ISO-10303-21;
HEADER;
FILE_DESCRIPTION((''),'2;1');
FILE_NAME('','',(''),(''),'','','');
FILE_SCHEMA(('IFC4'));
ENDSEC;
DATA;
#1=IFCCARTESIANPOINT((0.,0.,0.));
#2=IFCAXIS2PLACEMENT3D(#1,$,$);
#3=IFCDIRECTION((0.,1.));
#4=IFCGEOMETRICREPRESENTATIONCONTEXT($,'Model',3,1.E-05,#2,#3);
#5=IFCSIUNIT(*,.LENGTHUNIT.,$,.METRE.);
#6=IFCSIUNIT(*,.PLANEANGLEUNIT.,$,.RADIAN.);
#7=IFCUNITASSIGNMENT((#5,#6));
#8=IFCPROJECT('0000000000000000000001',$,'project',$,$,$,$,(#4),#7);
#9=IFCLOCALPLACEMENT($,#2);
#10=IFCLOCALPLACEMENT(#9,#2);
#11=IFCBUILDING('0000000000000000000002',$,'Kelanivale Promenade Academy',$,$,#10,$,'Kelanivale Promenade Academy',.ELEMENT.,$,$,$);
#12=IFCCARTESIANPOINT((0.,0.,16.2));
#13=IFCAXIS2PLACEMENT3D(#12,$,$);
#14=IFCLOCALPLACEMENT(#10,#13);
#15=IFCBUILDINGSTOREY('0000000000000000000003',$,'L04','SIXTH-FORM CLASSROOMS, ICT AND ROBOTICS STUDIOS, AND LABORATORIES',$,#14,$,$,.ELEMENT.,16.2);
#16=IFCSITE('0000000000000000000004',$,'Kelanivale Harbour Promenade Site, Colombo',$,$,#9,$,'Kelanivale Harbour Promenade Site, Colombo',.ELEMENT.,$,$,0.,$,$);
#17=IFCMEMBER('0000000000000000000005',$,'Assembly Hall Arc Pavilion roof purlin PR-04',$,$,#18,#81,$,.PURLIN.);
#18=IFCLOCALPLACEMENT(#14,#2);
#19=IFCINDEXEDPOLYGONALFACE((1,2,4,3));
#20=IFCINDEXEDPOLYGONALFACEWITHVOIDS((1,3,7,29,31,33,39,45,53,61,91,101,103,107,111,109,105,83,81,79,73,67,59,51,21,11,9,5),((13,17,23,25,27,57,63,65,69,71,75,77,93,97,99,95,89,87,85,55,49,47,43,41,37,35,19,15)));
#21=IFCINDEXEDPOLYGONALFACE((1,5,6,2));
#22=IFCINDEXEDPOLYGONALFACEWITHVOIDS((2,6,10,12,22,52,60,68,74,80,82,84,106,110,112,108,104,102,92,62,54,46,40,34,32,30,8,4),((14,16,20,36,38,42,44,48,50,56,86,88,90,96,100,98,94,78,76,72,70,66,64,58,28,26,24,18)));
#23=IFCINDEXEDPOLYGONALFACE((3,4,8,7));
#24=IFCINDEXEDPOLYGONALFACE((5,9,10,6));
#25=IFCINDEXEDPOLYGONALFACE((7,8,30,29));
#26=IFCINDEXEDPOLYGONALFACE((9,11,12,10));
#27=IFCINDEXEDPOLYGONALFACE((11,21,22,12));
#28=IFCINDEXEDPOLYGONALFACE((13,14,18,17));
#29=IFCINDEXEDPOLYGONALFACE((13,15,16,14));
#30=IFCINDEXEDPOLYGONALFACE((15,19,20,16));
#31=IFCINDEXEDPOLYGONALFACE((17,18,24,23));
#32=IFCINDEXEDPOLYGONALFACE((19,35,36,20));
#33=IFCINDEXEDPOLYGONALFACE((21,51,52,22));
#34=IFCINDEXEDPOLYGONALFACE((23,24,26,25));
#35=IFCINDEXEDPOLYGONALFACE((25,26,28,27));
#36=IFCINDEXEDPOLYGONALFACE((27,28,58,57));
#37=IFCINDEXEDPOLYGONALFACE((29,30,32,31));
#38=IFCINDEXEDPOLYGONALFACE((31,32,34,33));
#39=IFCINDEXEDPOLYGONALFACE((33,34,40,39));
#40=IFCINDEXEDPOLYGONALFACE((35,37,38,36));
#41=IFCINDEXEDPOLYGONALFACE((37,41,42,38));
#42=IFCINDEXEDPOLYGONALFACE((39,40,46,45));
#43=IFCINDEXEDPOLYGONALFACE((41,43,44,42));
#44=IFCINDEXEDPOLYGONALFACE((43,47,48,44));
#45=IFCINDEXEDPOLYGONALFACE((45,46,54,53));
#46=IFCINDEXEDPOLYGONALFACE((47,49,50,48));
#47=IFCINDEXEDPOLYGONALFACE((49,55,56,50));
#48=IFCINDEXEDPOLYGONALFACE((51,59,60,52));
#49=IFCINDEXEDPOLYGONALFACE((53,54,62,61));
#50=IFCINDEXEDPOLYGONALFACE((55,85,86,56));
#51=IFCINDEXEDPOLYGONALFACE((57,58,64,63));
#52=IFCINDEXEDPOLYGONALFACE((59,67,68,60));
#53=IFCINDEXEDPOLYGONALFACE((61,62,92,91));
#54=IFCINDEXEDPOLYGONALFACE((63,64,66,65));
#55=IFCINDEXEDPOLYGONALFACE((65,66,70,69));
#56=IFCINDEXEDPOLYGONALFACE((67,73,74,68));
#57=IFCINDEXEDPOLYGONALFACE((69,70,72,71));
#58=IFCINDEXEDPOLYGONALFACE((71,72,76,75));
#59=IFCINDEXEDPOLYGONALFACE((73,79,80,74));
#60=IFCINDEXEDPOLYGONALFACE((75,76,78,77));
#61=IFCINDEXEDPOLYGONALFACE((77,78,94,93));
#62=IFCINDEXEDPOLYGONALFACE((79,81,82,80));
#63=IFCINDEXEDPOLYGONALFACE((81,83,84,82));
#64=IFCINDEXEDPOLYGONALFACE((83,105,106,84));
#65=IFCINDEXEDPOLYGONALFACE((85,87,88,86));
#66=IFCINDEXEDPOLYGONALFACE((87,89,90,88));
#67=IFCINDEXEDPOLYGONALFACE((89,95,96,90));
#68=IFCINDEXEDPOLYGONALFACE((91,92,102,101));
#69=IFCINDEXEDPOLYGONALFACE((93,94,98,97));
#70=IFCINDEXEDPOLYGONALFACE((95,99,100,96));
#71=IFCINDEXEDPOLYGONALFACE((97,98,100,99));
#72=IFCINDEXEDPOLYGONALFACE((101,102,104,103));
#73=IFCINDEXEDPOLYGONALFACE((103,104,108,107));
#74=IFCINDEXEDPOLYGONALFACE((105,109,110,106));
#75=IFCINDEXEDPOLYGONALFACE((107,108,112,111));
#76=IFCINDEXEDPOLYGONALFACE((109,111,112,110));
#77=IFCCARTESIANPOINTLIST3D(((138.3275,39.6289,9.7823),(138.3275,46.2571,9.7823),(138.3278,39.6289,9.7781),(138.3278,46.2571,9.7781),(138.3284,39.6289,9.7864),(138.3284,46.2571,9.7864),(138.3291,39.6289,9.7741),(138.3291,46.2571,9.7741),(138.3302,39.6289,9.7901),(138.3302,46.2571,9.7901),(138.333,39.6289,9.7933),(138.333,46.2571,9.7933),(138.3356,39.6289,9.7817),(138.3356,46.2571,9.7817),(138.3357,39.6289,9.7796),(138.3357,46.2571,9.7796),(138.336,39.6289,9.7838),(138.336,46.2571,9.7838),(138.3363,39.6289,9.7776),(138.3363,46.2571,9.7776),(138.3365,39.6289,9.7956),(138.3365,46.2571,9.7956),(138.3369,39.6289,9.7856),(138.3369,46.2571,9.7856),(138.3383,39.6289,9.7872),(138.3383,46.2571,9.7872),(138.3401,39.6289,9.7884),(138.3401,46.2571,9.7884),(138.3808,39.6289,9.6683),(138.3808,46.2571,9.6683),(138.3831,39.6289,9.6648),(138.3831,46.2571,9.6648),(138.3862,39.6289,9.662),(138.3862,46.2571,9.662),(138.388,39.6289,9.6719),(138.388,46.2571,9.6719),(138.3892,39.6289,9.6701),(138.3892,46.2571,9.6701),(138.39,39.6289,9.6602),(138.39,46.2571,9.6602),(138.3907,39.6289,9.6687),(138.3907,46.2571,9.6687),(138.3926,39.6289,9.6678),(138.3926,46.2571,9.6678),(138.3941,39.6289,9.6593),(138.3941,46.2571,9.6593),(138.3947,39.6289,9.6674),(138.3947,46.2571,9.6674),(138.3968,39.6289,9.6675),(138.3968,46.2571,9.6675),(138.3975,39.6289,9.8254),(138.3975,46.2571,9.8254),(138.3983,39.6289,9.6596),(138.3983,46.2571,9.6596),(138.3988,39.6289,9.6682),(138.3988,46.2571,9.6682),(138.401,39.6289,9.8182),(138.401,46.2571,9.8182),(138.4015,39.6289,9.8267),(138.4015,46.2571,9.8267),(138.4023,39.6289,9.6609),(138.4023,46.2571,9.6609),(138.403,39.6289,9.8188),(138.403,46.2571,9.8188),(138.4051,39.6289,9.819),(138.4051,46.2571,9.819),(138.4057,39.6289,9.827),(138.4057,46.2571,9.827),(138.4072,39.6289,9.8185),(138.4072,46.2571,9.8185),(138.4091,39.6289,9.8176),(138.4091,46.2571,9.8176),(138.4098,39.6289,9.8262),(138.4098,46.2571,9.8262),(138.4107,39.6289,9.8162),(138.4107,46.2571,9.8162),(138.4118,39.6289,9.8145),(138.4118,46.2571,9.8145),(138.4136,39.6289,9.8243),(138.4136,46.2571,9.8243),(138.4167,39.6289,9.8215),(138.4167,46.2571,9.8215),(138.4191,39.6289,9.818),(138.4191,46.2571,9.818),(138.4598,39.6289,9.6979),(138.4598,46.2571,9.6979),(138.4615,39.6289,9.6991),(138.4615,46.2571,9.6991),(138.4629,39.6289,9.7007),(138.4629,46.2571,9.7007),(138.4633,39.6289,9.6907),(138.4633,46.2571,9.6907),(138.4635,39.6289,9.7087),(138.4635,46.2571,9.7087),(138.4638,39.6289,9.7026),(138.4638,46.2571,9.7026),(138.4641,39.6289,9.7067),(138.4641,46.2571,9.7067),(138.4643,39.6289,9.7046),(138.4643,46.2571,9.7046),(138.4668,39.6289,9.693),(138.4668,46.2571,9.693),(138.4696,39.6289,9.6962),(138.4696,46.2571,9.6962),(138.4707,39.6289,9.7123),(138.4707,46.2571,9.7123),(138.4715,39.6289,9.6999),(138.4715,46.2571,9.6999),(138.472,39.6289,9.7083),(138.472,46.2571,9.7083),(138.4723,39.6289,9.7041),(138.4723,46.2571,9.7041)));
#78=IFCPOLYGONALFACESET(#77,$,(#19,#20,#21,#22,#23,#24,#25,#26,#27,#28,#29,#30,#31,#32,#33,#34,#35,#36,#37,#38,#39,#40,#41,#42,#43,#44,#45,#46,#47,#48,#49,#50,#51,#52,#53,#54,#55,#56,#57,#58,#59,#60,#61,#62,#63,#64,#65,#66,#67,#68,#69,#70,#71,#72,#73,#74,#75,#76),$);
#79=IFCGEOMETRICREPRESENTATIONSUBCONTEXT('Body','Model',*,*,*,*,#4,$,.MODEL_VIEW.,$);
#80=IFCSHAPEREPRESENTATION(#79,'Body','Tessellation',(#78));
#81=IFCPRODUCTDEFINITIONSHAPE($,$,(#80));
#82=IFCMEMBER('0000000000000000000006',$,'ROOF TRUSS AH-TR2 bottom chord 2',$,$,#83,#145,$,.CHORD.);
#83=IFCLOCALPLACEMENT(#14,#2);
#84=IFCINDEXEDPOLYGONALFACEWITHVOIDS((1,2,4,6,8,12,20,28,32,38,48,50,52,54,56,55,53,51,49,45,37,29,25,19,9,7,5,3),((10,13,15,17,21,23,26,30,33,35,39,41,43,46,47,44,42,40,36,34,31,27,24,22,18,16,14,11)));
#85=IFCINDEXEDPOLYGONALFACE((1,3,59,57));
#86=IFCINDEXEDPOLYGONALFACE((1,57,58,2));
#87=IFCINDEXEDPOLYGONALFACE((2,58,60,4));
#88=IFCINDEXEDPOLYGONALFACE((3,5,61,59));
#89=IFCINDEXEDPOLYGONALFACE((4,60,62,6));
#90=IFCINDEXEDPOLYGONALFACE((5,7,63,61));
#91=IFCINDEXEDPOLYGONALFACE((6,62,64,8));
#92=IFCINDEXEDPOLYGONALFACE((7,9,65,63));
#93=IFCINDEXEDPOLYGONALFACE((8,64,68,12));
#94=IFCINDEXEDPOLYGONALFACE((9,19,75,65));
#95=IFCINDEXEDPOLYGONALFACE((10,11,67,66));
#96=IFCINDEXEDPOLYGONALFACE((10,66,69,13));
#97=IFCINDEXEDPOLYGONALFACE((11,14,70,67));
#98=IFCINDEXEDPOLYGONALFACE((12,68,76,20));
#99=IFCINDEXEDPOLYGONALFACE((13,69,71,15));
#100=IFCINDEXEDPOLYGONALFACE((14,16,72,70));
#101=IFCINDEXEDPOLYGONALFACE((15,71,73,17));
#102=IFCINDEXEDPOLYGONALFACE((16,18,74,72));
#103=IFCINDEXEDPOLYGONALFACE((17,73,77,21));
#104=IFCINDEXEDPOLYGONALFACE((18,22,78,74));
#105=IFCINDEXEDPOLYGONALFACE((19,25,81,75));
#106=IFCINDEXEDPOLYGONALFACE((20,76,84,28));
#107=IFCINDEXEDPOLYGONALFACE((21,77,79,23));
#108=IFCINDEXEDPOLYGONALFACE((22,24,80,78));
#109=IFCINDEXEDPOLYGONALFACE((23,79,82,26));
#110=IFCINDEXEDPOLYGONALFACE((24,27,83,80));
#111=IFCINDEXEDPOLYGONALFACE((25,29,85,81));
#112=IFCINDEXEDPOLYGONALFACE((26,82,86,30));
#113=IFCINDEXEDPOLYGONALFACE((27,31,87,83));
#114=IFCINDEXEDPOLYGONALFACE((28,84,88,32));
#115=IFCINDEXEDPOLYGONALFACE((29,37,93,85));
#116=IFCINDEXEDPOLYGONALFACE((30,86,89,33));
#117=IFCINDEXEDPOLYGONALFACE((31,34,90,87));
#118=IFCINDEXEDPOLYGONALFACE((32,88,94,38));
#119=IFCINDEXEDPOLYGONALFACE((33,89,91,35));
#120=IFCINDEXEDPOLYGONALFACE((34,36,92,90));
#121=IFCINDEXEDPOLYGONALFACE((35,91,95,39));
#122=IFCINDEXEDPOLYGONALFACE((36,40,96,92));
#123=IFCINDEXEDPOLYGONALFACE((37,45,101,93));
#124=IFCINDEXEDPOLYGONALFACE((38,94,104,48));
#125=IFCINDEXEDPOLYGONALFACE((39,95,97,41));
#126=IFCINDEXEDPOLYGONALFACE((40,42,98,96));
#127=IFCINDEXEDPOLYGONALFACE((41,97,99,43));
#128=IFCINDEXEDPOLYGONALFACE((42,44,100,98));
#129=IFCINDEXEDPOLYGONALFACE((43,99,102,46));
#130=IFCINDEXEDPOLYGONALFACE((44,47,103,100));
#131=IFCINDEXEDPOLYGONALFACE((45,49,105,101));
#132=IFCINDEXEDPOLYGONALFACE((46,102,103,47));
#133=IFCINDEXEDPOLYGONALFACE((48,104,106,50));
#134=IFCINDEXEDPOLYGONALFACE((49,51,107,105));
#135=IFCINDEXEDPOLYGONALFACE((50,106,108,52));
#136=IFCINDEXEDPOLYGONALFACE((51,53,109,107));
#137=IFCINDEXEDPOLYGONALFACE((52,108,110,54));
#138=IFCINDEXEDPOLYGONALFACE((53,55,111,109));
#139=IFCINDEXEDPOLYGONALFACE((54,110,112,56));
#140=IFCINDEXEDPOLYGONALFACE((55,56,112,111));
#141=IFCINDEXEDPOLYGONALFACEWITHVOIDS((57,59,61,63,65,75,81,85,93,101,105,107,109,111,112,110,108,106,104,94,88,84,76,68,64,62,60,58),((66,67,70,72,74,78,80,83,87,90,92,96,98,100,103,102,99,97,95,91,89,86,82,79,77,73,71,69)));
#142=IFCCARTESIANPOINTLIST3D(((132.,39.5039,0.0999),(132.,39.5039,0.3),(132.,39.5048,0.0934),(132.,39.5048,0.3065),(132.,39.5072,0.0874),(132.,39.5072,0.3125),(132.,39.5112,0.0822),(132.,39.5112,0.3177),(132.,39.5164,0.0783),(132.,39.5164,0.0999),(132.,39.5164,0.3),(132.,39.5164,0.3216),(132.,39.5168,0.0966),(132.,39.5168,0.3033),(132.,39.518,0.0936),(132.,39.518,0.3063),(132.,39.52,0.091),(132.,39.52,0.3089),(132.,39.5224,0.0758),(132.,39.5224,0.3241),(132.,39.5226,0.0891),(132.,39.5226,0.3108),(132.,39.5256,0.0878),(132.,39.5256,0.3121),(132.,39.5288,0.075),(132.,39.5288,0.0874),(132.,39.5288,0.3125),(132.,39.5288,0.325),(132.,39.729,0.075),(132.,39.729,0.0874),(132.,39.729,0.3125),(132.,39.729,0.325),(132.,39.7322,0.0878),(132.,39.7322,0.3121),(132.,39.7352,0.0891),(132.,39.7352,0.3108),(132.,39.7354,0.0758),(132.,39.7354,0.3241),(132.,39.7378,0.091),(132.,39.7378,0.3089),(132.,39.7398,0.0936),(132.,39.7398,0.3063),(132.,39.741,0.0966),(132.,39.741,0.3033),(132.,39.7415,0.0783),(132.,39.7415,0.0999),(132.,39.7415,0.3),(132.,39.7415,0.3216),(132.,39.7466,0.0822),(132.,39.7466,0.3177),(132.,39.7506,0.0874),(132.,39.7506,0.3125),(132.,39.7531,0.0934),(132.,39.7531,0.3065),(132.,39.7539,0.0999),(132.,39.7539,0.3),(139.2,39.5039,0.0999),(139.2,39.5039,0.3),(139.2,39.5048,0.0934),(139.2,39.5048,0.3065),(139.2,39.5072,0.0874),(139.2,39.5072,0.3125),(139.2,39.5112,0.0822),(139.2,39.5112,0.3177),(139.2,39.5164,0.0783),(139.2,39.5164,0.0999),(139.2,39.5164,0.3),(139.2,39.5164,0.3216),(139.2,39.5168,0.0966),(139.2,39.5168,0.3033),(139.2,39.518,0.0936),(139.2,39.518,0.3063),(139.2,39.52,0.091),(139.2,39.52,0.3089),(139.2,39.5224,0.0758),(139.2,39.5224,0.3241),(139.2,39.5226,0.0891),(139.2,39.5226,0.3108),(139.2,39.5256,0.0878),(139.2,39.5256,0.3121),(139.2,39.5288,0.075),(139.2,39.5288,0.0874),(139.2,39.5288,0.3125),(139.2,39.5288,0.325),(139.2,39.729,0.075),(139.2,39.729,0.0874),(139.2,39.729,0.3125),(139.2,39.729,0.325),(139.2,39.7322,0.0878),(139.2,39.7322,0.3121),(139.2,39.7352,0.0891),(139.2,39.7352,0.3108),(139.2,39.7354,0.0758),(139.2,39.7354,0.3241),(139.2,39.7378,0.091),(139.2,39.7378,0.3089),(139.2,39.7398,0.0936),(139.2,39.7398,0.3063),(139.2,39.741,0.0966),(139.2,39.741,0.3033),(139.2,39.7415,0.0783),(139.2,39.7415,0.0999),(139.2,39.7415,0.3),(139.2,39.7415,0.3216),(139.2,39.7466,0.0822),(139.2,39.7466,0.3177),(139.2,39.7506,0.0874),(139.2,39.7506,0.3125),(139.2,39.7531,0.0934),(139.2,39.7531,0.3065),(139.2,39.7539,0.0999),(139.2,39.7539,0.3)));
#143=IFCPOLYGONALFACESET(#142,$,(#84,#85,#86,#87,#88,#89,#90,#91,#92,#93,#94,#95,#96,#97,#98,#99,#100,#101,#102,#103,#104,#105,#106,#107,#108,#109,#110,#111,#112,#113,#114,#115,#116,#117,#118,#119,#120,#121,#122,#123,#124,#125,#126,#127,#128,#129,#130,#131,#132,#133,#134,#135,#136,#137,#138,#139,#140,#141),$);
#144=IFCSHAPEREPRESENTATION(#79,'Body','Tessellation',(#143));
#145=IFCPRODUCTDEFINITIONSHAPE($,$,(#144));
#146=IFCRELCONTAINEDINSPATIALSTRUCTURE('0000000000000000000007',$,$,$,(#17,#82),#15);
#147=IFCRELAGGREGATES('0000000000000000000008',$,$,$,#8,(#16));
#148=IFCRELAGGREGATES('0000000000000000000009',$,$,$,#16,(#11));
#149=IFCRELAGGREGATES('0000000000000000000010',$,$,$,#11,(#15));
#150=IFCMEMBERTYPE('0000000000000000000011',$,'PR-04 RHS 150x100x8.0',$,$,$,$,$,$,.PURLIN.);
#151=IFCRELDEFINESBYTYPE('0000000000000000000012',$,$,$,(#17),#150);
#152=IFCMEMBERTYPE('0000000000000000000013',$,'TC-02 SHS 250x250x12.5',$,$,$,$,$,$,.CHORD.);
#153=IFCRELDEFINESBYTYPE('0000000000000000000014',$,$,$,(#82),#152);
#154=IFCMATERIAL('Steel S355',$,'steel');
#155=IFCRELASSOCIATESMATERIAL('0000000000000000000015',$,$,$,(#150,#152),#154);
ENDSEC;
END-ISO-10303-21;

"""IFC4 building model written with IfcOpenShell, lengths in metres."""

from ifc_helpers import new_model, si_unit, direction, frame, origin, origin_2d, place, context, subcontext, project, spatial, hollow_rectangle, extrude, material, material_profile, profile_set, type_object, element, save


model = new_model("IFC4")

# Units and contexts
model_context = context("Model", 3, precision=1e-05, world=origin(), true_north=direction((0.0, 1.0)))
body_context = subcontext(model_context, "Body", "Model", "MODEL_VIEW")
ifc_project = project(units=[si_unit("LENGTHUNIT", "METRE"), si_unit("PLANEANGLEUNIT", "RADIAN")], contexts=[model_context])

# Site, building, storey
site_placement = place(None, origin())
site = spatial("IfcSite", under=ifc_project, at=site_placement, Name="Kelanivale Harbour Promenade Site, Colombo", LongName="Kelanivale Harbour Promenade Site, Colombo", CompositionType="ELEMENT", RefElevation=0.0)
building_placement = place(site_placement, origin())
building = spatial("IfcBuilding", under=site, at=building_placement, Name="Kelanivale Promenade Academy", LongName="Kelanivale Promenade Academy", CompositionType="ELEMENT")
storey_placement = place(building_placement, frame((0.0, 0.0, 16.2)))
storey = spatial("IfcBuildingStorey", under=building, at=storey_placement, Name="L04", Description="SIXTH-FORM CLASSROOMS, ICT AND ROBOTICS STUDIOS, AND LABORATORIES", CompositionType="ELEMENT", Elevation=16.2)

# Members
ifc_material_1 = material(Name="Steel S355", Category="steel")
ifc_material_profile_1 = material_profile(ifc_material_1, hollow_rectangle(XDim=0.1001, YDim=0.1499, WallThickness=0.0081, InnerFilletRadius=0.0081, OuterFilletRadius=0.0161, at=origin_2d()), Name="RHS 150x100x8.0")
ifc_profile_set_1 = profile_set([ifc_material_profile_1], Name="Steel S355")
member_type_1 = type_object("IfcMemberType", Name="PR-04 RHS 150x100x8.0", PredefinedType="PURLIN", material=ifc_profile_set_1)
member_1_placement = place(storey_placement, frame((138.3999, 39.6289, 9.7432), z_axis=(0.0, 1.0, 0.0), x_axis=(-0.898564, 0.0, -0.438842)))
element("IfcMember", 1, at=member_1_placement, inside=storey, type_object=member_type_1, Name="Assembly Hall Arc Pavilion roof purlin PR-04", PredefinedType="PURLIN", context=body_context, shape_type="SweptSolid", body=[
    extrude(hollow_rectangle(XDim=0.1001, YDim=0.1499, WallThickness=0.0081, InnerFilletRadius=0.0081, OuterFilletRadius=0.0161, at=origin_2d()), origin(), (0.0, 0.0, 1.0), 6.6282),
])
ifc_material_profile_2 = material_profile(ifc_material_1, hollow_rectangle(XDim=0.25, YDim=0.25, WallThickness=0.0125, InnerFilletRadius=0.0125, OuterFilletRadius=0.0249, at=origin_2d()), Name="SHS 250x250x12.5")
ifc_profile_set_2 = profile_set([ifc_material_profile_2], Name="Steel S355")
member_type_2 = type_object("IfcMemberType", Name="TC-02 SHS 250x250x12.5", PredefinedType="CHORD", material=ifc_profile_set_2)
member_2_placement = place(storey_placement, frame((132.0, 39.6289, 0.2), z_axis=(1.0, 0.0, 0.0), x_axis=(0.0, 1.0, 0.0)))
element("IfcMember", 2, at=member_2_placement, inside=storey, type_object=member_type_2, Name="ROOF TRUSS AH-TR2 bottom chord 2", PredefinedType="CHORD", context=body_context, shape_type="SweptSolid", body=[
    extrude(hollow_rectangle(XDim=0.25, YDim=0.25, WallThickness=0.0125, InnerFilletRadius=0.0125, OuterFilletRadius=0.0249, at=origin_2d()), origin(), (0.0, 0.0, 1.0), 7.2),
])

save(model, "model.ifc")
